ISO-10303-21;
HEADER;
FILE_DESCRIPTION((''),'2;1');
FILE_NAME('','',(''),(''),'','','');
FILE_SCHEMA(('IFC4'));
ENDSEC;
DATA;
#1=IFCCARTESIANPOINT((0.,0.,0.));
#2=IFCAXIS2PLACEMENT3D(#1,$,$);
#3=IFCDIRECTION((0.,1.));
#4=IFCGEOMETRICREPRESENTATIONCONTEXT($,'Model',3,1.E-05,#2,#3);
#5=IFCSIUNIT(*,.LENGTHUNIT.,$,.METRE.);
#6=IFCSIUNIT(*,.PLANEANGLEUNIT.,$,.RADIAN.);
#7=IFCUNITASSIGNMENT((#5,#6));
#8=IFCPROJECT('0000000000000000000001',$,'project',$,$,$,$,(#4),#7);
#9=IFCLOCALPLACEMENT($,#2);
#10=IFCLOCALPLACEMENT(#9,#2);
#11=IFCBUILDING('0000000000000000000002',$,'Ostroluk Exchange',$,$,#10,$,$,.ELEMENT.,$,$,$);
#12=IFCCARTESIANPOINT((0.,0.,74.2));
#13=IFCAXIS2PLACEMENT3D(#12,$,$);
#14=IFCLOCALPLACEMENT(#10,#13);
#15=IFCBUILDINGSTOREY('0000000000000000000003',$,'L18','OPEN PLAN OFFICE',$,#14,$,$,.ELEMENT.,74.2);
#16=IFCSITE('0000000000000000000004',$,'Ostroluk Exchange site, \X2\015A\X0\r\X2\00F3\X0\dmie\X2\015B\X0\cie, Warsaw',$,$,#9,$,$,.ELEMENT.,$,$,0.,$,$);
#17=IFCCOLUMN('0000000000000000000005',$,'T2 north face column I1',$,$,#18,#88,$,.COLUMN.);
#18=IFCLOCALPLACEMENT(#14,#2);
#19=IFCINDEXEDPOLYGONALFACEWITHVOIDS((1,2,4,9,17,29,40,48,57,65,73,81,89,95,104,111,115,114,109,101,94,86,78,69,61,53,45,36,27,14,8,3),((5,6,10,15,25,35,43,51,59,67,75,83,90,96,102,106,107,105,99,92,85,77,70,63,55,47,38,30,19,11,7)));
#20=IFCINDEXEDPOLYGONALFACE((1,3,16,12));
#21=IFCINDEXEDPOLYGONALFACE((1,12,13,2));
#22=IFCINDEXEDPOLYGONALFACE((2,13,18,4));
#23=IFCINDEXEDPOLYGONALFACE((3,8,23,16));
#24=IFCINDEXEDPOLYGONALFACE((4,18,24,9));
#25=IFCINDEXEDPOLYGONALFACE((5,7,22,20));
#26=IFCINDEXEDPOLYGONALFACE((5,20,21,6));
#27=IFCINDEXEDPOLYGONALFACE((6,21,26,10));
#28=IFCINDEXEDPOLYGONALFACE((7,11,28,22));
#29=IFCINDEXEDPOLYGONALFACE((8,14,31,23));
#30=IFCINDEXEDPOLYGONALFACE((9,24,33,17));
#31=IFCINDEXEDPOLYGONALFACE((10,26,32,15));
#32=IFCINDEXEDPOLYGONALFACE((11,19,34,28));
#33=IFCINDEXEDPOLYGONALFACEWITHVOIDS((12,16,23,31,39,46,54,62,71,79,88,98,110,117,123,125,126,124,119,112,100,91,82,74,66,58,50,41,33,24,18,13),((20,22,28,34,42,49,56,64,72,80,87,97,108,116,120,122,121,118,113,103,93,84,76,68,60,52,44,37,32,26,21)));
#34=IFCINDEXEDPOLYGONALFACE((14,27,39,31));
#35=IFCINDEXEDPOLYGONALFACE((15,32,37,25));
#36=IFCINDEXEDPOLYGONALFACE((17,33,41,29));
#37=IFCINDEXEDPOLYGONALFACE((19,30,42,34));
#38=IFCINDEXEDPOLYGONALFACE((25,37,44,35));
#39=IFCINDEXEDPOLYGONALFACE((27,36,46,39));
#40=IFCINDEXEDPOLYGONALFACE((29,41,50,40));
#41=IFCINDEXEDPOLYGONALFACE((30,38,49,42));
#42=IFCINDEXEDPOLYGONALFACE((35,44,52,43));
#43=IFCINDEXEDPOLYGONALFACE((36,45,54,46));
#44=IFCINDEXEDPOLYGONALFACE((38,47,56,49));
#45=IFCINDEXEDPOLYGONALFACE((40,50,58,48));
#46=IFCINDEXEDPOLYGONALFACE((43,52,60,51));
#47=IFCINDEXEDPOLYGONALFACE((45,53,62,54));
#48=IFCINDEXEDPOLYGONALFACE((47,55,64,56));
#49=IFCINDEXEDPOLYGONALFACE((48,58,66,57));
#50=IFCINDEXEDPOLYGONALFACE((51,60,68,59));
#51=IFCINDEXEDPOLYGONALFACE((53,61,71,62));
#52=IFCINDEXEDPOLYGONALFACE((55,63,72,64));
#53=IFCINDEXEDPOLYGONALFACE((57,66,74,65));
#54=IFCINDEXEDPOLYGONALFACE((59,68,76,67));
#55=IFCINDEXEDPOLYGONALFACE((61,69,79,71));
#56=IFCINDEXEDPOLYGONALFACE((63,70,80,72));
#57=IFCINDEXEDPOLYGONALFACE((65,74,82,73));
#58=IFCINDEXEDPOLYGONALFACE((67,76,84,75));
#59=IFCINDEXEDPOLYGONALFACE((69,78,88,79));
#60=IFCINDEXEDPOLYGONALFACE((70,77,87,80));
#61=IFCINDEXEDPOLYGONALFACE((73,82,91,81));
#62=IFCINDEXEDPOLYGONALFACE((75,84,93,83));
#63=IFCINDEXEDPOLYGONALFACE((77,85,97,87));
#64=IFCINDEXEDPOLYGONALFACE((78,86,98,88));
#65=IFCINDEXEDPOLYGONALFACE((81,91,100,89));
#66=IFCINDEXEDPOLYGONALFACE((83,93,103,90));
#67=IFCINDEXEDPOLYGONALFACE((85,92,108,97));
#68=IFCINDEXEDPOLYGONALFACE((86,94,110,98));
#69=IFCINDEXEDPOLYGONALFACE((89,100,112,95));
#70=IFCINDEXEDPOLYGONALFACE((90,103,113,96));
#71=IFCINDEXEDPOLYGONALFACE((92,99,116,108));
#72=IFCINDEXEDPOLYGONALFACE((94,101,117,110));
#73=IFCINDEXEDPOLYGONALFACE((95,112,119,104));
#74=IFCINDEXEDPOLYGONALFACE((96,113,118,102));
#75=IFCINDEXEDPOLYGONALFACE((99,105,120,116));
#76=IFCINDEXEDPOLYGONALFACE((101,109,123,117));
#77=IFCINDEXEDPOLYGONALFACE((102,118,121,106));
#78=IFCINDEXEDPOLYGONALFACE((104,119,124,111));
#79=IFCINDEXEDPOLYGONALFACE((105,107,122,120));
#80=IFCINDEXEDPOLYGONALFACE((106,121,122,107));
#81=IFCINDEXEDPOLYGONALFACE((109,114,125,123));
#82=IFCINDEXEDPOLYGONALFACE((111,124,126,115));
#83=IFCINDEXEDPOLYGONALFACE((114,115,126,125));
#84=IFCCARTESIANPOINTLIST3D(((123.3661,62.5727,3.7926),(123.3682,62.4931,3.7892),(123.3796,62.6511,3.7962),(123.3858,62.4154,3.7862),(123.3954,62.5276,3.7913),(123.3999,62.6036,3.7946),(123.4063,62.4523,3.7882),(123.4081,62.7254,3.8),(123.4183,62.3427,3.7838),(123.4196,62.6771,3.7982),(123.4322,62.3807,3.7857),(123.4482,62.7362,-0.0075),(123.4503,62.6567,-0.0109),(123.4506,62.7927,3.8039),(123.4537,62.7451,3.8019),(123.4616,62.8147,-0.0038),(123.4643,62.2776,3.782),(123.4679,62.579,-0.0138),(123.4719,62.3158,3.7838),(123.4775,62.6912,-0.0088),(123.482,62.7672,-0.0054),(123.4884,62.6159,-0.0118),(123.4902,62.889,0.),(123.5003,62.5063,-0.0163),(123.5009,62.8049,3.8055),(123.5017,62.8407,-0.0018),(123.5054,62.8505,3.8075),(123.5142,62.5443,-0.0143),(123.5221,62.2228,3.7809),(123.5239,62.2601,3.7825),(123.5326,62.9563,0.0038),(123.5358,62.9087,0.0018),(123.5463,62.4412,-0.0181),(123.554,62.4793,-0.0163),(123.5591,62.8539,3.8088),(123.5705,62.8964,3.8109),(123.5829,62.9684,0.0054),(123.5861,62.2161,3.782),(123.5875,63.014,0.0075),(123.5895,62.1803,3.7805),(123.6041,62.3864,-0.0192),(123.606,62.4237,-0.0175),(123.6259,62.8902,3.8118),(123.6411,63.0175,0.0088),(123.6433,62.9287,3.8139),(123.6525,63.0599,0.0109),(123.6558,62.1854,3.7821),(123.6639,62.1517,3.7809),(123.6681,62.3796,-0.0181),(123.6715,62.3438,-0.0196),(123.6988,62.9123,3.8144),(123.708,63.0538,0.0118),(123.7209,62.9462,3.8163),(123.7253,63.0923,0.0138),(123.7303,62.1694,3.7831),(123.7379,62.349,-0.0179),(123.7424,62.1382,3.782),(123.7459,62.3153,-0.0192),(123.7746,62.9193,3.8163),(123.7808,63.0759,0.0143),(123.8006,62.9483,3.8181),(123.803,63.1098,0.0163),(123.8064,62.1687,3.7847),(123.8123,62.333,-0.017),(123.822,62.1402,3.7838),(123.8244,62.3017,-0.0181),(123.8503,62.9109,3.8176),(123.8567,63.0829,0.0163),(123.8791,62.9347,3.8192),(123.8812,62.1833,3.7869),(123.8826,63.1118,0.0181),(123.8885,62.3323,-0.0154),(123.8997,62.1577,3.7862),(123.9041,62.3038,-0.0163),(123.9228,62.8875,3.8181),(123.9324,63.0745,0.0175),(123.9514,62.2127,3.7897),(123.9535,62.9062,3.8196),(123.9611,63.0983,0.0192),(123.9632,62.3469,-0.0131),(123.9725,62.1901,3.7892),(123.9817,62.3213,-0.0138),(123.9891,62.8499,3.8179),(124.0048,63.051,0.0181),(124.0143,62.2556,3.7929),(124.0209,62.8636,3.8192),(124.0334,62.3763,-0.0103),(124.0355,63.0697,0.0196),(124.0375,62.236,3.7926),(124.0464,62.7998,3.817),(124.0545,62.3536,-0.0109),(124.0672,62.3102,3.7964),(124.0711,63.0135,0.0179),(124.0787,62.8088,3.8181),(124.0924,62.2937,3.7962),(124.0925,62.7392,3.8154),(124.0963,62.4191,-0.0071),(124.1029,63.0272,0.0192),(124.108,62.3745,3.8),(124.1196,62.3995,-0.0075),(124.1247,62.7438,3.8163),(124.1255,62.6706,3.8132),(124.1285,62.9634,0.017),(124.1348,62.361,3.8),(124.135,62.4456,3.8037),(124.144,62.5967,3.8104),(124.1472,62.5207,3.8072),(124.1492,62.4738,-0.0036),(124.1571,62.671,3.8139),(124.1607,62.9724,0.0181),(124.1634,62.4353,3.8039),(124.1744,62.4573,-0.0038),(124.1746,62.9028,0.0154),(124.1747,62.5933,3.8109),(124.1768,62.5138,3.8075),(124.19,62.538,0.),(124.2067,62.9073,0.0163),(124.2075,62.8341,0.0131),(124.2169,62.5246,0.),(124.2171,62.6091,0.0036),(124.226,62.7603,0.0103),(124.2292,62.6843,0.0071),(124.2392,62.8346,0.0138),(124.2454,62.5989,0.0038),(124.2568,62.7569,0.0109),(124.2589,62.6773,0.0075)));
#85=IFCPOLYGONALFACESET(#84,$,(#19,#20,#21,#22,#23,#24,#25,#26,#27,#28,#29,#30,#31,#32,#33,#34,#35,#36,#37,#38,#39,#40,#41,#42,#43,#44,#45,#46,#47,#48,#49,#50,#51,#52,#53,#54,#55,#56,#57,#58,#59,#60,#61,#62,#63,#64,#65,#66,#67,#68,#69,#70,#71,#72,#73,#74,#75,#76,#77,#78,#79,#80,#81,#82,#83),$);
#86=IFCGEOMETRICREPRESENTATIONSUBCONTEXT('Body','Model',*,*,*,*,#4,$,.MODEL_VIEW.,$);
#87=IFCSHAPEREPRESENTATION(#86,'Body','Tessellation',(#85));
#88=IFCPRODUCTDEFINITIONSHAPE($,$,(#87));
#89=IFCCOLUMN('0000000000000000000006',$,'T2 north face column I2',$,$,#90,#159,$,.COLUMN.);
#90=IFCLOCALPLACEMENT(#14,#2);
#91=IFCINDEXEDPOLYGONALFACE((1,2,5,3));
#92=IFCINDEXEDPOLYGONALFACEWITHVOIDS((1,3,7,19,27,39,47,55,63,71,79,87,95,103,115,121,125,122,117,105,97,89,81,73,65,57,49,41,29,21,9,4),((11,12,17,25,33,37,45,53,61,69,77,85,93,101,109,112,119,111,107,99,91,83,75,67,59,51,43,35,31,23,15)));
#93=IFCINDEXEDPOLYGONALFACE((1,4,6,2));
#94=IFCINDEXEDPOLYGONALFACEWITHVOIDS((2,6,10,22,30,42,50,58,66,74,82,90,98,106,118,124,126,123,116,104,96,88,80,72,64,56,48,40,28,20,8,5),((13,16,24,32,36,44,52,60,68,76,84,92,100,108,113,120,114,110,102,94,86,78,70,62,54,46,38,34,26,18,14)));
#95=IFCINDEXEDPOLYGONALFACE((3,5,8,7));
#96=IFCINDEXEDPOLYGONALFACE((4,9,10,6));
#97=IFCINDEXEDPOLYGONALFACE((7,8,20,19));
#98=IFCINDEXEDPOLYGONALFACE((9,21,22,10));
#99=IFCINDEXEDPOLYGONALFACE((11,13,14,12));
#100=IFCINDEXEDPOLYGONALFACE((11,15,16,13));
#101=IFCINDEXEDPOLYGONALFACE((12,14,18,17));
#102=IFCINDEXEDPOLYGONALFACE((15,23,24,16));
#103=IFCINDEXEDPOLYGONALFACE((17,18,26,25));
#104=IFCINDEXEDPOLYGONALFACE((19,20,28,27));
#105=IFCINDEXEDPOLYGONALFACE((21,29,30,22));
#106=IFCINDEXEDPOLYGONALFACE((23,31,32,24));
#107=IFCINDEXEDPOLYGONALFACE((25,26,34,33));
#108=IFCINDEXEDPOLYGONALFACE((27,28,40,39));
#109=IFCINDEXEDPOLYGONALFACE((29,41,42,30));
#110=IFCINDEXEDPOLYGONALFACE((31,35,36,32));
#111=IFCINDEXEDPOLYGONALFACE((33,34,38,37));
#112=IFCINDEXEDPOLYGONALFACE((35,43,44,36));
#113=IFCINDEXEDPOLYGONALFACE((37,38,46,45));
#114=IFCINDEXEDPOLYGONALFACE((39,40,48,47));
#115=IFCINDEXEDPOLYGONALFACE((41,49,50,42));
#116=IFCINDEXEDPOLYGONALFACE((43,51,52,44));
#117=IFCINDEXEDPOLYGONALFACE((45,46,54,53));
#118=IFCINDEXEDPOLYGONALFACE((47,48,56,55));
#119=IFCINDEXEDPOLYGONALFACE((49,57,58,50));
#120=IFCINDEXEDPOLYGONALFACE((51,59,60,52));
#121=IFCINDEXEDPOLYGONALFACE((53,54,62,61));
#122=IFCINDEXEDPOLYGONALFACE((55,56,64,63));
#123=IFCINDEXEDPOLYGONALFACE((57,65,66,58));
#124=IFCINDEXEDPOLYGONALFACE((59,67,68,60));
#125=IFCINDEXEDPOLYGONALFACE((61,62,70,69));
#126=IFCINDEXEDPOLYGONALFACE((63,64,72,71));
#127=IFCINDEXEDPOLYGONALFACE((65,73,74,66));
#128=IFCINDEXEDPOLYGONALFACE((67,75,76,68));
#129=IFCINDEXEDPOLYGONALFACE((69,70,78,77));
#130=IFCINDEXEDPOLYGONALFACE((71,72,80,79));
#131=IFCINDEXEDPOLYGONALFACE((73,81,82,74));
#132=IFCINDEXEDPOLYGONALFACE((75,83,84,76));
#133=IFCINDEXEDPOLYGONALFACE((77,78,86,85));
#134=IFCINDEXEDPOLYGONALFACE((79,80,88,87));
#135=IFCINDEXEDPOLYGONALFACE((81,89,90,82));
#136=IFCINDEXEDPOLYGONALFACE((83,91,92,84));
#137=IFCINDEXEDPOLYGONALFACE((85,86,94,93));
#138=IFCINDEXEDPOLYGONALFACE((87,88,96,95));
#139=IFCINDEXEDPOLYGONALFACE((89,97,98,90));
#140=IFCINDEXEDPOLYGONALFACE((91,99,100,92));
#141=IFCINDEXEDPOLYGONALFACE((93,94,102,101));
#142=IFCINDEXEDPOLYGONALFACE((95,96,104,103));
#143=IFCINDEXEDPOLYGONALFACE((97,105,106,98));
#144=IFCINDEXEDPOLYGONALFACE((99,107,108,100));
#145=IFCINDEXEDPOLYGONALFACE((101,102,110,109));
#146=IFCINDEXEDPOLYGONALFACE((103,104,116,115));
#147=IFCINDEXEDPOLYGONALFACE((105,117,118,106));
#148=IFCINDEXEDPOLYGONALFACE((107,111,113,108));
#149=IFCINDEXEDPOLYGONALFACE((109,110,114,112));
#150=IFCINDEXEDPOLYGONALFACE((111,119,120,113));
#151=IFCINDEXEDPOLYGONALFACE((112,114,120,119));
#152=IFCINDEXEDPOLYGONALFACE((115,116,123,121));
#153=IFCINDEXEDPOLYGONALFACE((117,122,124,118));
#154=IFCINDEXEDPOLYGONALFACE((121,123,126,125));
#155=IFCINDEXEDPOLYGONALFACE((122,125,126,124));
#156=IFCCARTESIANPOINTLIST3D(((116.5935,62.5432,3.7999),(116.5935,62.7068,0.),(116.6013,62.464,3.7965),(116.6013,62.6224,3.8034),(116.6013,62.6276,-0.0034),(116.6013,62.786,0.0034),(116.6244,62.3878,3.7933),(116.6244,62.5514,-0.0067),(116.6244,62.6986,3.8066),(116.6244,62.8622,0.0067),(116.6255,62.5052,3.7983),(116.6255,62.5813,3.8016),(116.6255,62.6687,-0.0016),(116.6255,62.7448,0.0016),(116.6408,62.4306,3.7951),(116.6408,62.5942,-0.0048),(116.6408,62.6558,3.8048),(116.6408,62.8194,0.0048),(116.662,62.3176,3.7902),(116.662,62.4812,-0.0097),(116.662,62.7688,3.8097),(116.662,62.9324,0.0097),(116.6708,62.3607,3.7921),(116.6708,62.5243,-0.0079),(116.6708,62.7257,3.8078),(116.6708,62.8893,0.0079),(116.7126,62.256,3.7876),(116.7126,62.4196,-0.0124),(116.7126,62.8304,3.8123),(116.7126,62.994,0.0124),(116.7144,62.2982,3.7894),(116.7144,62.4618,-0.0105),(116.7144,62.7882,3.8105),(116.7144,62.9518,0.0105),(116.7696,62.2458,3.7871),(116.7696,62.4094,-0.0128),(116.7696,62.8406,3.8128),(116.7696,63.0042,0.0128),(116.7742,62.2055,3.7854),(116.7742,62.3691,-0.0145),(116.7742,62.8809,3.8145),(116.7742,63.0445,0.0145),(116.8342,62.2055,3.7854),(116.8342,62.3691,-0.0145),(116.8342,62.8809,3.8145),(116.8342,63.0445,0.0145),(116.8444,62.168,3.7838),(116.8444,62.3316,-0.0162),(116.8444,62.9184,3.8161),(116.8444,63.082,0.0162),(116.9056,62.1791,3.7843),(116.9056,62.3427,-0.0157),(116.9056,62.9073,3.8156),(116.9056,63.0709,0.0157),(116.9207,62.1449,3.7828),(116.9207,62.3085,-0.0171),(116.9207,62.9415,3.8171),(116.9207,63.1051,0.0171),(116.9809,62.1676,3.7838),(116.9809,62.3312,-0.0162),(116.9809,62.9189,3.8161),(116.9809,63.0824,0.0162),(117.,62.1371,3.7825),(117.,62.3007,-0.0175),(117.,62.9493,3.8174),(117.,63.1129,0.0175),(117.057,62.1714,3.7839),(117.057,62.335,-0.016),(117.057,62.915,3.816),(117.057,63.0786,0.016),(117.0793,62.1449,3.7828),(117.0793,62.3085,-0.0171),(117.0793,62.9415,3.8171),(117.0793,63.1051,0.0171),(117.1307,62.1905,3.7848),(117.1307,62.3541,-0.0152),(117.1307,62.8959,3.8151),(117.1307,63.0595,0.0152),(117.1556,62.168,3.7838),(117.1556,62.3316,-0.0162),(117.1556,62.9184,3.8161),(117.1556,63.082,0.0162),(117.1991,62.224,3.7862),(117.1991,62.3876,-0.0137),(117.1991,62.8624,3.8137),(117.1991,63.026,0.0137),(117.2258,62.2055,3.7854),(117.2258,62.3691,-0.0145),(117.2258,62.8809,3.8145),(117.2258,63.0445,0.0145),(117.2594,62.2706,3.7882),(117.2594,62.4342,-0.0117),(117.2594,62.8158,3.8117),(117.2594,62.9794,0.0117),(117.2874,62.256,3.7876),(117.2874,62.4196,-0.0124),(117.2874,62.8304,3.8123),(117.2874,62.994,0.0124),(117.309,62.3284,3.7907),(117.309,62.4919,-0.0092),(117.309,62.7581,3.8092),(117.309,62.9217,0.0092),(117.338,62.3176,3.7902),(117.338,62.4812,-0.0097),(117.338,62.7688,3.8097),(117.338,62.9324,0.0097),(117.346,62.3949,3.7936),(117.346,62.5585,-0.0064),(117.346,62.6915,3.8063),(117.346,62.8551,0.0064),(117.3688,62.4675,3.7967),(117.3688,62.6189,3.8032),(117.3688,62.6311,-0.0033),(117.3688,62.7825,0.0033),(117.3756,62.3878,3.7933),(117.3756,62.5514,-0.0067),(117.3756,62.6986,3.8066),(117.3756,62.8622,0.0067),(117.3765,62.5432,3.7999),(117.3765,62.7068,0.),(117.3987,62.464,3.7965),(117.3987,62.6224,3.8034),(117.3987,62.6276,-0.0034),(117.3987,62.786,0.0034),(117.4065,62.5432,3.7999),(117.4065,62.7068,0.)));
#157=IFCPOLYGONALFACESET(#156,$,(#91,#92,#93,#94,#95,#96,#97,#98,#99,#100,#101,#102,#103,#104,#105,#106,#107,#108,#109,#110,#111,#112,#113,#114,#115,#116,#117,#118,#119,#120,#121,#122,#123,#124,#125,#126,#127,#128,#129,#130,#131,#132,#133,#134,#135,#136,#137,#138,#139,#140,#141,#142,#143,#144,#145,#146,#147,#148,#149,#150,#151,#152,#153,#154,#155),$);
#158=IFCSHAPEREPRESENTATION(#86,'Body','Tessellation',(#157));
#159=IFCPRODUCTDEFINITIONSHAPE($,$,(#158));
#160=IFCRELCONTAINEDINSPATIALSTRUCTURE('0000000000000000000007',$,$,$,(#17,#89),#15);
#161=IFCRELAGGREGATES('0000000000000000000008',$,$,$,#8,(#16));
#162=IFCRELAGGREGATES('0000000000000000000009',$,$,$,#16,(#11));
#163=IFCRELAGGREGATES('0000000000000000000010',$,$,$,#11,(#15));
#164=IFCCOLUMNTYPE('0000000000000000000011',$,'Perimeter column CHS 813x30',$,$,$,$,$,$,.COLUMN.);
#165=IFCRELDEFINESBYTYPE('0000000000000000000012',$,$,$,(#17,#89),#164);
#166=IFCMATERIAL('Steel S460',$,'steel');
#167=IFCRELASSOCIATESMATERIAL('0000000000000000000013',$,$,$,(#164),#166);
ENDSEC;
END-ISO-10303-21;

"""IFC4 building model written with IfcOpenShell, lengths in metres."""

from ifc_helpers import new_model, si_unit, direction, frame, origin, origin_2d, place, context, subcontext, project, spatial, hollow_circle, extrude, material, material_profile, profile_set, type_object, element, save


model = new_model("IFC4")

# Units and contexts
model_context = context("Model", 3, precision=1e-05, world=origin(), true_north=direction((0.0, 1.0)))
body_context = subcontext(model_context, "Body", "Model", "MODEL_VIEW")
ifc_project = project(units=[si_unit("LENGTHUNIT", "METRE"), si_unit("PLANEANGLEUNIT", "RADIAN")], contexts=[model_context])

# Site, building, storey
site_placement = place(None, origin())
site = spatial("IfcSite", under=ifc_project, at=site_placement, Name="Ostroluk Exchange site, Śródmieście, Warsaw", CompositionType="ELEMENT", RefElevation=0.0)
building_placement = place(site_placement, origin())
building = spatial("IfcBuilding", under=site, at=building_placement, Name="Ostroluk Exchange", CompositionType="ELEMENT")
storey_placement = place(building_placement, frame((0.0, 0.0, 74.2)))
storey = spatial("IfcBuildingStorey", under=building, at=storey_placement, Name="L18", Description="OPEN PLAN OFFICE", CompositionType="ELEMENT", Elevation=74.2)

# Columns
ifc_material_1 = material(Name="Steel S460", Category="steel")
ifc_material_profile_1 = material_profile(ifc_material_1, hollow_circle(Radius=0.4065, WallThickness=0.03, at=origin_2d()), Name="CHS 813x30")
ifc_profile_set_1 = profile_set([ifc_material_profile_1], Name="Steel S460")
column_type = type_object("IfcColumnType", Name="Perimeter column CHS 813x30", PredefinedType="COLUMN", material=ifc_profile_set_1)
column_1_placement = place(storey_placement, frame((123.8535, 62.7068, 0.0), z_axis=(-0.021562, -0.042995, 0.998843), x_axis=(0.893893, -0.448281, 0.0)))
element("IfcColumn", 1, at=column_1_placement, inside=storey, type_object=column_type, Name="T2 north face column I1", PredefinedType="COLUMN", context=body_context, shape_type="SweptSolid", body=[
    extrude(hollow_circle(Radius=0.4065, WallThickness=0.03, at=origin_2d()), origin(), (0.0, 0.0, 1.0), 3.8044),
])
column_2_placement = place(storey_placement, frame((117.0, 62.7068, 0.0), z_axis=(0.0, -0.043005, 0.999075), x_axis=(1.0, 0.0, 0.0)))
element("IfcColumn", 2, at=column_2_placement, inside=storey, type_object=column_type, Name="T2 north face column I2", PredefinedType="COLUMN", context=body_context, shape_type="SweptSolid", body=[
    extrude(hollow_circle(Radius=0.4065, WallThickness=0.03, at=origin_2d()), origin(), (0.0, 0.0, 1.0), 3.8035),
])

save(model, "model.ifc")
